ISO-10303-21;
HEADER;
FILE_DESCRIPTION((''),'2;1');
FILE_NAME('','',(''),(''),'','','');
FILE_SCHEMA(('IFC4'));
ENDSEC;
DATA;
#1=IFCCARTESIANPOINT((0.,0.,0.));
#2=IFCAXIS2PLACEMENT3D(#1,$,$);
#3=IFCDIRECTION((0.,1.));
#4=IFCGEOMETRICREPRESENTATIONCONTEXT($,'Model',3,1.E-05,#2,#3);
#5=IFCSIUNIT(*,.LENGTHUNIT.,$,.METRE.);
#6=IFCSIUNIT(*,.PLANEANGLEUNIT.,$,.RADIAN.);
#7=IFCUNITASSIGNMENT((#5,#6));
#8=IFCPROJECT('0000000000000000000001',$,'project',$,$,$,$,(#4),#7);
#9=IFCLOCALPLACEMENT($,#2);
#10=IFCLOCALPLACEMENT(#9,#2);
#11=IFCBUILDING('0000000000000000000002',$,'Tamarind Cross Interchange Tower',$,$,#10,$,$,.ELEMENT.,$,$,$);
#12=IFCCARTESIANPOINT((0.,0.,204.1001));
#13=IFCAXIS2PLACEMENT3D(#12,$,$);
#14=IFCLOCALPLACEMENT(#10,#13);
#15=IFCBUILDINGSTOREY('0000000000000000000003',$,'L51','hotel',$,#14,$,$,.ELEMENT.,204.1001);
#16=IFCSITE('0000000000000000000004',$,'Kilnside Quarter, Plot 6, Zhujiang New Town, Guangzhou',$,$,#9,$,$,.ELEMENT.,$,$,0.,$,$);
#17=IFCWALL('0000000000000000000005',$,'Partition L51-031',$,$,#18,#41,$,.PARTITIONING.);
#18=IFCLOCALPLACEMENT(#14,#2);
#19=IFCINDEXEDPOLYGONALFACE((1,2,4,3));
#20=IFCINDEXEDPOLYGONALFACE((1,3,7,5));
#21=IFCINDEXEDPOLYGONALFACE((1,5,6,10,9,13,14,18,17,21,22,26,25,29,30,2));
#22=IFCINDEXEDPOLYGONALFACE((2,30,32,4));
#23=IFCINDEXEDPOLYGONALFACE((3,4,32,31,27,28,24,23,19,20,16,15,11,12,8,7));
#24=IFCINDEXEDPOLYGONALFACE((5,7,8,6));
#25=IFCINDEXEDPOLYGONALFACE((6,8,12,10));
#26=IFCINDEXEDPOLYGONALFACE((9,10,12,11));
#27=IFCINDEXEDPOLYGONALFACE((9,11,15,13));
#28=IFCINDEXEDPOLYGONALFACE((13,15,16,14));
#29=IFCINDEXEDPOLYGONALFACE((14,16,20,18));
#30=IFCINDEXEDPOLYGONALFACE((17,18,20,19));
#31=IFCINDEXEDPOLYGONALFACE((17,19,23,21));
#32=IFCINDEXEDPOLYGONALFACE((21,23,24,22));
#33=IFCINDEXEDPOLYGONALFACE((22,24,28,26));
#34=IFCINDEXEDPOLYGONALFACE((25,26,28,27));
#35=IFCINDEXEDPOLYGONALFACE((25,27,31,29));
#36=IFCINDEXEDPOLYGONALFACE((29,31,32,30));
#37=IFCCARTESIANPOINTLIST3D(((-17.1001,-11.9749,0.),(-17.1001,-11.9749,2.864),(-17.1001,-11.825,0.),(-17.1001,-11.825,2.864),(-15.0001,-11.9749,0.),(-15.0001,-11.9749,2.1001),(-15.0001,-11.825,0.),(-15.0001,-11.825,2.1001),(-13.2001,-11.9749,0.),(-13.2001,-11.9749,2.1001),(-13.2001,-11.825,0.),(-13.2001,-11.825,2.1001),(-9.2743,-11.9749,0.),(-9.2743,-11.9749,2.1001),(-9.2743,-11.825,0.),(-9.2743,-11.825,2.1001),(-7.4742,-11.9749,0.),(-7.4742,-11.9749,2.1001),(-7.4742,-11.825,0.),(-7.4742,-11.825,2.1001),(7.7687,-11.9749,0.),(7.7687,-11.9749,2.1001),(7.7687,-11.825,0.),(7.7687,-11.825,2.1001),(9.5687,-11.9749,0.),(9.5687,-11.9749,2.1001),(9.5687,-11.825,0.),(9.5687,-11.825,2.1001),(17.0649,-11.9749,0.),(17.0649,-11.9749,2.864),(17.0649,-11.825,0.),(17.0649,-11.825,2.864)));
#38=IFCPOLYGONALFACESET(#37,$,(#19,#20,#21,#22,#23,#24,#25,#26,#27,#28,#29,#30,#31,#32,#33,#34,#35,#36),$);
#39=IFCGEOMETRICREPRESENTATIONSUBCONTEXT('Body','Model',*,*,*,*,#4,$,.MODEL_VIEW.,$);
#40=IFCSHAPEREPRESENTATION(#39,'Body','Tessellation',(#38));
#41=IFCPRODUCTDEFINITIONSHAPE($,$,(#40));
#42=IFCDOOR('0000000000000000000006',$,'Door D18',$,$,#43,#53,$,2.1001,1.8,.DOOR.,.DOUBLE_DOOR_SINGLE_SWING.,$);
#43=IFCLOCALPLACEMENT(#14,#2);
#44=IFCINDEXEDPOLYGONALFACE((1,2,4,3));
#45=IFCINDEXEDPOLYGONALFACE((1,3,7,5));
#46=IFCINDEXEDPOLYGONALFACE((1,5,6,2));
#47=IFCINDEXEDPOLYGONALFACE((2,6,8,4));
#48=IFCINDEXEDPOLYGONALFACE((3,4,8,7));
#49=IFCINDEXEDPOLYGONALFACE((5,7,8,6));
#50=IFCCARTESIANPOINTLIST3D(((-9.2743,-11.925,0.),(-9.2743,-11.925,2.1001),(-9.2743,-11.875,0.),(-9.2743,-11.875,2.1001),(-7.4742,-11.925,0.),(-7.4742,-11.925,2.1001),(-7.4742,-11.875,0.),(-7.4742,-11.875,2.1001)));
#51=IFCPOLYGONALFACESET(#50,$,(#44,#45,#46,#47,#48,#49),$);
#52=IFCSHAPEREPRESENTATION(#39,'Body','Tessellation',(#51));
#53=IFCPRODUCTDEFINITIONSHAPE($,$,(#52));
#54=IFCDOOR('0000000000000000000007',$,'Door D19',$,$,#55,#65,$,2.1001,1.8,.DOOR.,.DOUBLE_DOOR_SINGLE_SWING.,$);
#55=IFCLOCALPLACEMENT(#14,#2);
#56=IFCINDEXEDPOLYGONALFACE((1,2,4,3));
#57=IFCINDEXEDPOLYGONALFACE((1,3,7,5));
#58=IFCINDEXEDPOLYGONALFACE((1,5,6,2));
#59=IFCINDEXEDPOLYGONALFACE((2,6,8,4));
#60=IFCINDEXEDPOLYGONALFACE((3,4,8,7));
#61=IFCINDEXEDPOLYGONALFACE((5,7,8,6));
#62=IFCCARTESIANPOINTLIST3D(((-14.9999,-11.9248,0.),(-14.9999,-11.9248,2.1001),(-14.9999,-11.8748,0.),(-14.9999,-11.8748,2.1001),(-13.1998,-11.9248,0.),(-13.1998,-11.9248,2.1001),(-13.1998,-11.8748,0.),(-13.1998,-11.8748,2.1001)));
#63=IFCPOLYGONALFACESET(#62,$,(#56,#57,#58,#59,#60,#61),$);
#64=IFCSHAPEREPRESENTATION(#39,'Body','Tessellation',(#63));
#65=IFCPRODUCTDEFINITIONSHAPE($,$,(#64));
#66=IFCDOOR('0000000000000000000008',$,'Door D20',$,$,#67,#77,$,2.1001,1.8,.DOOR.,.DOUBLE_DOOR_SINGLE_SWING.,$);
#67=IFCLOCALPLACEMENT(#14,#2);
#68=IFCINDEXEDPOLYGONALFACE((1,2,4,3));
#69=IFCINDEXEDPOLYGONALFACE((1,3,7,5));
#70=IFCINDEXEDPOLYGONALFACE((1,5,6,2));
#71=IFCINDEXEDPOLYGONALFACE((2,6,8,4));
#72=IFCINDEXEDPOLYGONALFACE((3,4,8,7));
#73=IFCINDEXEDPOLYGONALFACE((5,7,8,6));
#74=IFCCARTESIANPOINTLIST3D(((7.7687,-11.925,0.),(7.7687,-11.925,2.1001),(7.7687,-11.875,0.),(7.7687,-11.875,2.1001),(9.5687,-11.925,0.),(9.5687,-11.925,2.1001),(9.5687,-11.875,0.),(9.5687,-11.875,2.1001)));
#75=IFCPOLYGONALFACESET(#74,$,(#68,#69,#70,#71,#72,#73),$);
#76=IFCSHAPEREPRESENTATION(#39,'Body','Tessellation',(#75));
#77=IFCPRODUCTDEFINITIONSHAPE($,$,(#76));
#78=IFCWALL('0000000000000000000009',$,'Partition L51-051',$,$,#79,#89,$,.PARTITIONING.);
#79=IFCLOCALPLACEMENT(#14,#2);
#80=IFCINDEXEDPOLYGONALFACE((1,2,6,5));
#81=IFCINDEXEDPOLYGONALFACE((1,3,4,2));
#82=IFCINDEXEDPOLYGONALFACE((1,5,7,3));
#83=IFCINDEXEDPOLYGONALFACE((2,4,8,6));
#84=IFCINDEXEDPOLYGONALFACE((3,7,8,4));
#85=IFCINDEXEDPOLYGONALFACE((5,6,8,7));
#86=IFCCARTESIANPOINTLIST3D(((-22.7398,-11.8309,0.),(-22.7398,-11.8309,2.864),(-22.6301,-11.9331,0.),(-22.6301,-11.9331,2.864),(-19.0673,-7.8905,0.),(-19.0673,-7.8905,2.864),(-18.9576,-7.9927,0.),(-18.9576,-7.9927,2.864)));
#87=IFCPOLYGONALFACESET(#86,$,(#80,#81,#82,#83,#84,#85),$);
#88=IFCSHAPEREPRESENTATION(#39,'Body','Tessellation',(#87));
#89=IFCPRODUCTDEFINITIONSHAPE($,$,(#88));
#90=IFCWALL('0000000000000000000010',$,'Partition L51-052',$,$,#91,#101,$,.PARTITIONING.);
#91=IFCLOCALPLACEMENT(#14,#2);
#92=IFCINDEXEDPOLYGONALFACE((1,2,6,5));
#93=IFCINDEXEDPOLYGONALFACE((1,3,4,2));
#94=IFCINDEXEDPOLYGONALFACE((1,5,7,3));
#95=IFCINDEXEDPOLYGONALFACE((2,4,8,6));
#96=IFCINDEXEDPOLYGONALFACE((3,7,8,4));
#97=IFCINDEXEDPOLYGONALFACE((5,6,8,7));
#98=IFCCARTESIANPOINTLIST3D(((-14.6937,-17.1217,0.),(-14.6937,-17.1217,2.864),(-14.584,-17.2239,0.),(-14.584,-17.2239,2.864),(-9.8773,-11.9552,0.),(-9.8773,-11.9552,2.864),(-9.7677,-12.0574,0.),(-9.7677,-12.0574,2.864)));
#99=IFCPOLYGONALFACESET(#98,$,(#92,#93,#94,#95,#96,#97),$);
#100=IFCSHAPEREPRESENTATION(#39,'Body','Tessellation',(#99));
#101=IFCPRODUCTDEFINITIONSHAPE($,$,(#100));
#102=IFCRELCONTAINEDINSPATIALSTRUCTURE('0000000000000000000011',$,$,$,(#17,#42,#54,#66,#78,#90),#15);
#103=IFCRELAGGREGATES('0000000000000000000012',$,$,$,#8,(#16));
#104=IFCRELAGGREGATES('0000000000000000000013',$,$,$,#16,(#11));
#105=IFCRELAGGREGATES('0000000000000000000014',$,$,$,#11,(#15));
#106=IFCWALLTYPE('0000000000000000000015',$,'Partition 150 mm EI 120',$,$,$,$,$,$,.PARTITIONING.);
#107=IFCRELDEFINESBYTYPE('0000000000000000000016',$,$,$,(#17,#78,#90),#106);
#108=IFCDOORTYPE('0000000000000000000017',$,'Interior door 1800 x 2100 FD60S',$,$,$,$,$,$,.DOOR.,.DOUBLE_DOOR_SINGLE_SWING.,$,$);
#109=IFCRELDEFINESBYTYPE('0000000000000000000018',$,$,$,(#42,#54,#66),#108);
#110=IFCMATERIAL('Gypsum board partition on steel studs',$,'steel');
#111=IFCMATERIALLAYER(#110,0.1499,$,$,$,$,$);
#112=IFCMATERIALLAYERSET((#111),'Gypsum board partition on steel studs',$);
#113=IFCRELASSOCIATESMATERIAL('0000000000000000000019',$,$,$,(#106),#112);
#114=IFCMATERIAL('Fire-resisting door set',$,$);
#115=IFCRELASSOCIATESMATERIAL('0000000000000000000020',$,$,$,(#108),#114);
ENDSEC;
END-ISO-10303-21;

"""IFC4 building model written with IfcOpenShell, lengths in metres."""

from ifc_helpers import new_model, si_unit, direction, frame, frame_2d, origin, place, context, subcontext, project, spatial, rectangle, extrude, material, layer, layer_set, type_object, element, fill, save


model = new_model("IFC4")

# Units and contexts
model_context = context("Model", 3, precision=1e-05, world=origin(), true_north=direction((0.0, 1.0)))
body_context = subcontext(model_context, "Body", "Model", "MODEL_VIEW")
ifc_project = project(units=[si_unit("LENGTHUNIT", "METRE"), si_unit("PLANEANGLEUNIT", "RADIAN")], contexts=[model_context])

# Site, building, storey
site_placement = place(None, origin())
site = spatial("IfcSite", under=ifc_project, at=site_placement, Name="Kilnside Quarter, Plot 6, Zhujiang New Town, Guangzhou", CompositionType="ELEMENT", RefElevation=0.0)
building_placement = place(site_placement, origin())
building = spatial("IfcBuilding", under=site, at=building_placement, Name="Tamarind Cross Interchange Tower", CompositionType="ELEMENT")
storey_placement = place(building_placement, frame((0.0, 0.0, 204.1001)))
storey = spatial("IfcBuildingStorey", under=building, at=storey_placement, Name="L51", Description="hotel", CompositionType="ELEMENT", Elevation=204.1001)

# Shared definitions
ifc_material_1 = material(Name="Gypsum board partition on steel studs", Category="steel")
ifc_layer_1 = layer(ifc_material_1, 0.1499)
ifc_layer_set_1 = layer_set([ifc_layer_1], Name="Gypsum board partition on steel studs")
wall_type_1 = type_object("IfcWallType", Name="Partition 150 mm EI 120", PredefinedType="PARTITIONING", material=ifc_layer_set_1)

# Wall, openings, doors
wall_1_placement = place(storey_placement, frame((-17.1001, -11.8999, 0.0), z_axis=(0.0, 0.0, 1.0), x_axis=(1.0, 0.0, 0.0)))
wall_1 = element("IfcWall", 1, at=wall_1_placement, inside=storey, type_object=wall_type_1, Name="Partition L51-031", PredefinedType="PARTITIONING", context=body_context, shape_type="SweptSolid", body=[
    extrude(rectangle(XDim=34.165, YDim=0.1499, at=frame_2d((17.0825, 0.0))), origin(), (0.0, 0.0, 1.0), 2.864),
])
opening_1_placement = place(wall_1_placement, frame((7.8259, 0.0, 0.0)))
opening_1 = element("IfcOpeningElement", 2, at=opening_1_placement, cuts=wall_1, PredefinedType="OPENING", context=body_context, shape_type="SweptSolid", body=[
    extrude(rectangle(XDim=1.8, YDim=2.1001, at=frame_2d((0.8999, 1.05))), frame((0.0, 0.085, 0.0), z_axis=(0.0, -1.0, 0.0), x_axis=(1.0, 0.0, 0.0)), (0.0, 0.0, 1.0), 0.1699),
])
opening_2_placement = place(wall_1_placement, frame((2.1001, 0.0, 0.0)))
opening_2 = element("IfcOpeningElement", 3, at=opening_2_placement, cuts=wall_1, PredefinedType="OPENING", context=body_context, shape_type="SweptSolid", body=[
    extrude(rectangle(XDim=1.8, YDim=2.1001, at=frame_2d((0.8999, 1.05))), frame((0.0, 0.085, 0.0), z_axis=(0.0, -1.0, 0.0), x_axis=(1.0, 0.0, 0.0)), (0.0, 0.0, 1.0), 0.1699),
])
opening_3_placement = place(wall_1_placement, frame((24.8689, 0.0, 0.0)))
opening_3 = element("IfcOpeningElement", 4, at=opening_3_placement, cuts=wall_1, PredefinedType="OPENING", context=body_context, shape_type="SweptSolid", body=[
    extrude(rectangle(XDim=1.8, YDim=2.1001, at=frame_2d((0.8999, 1.05))), frame((0.0, 0.085, 0.0), z_axis=(0.0, -1.0, 0.0), x_axis=(1.0, 0.0, 0.0)), (0.0, 0.0, 1.0), 0.1699),
])
ifc_material_2 = material(Name="Fire-resisting door set")
door_type_1 = type_object("IfcDoorType", Name="Interior door 1800 x 2100 FD60S", OperationType="DOUBLE_DOOR_SINGLE_SWING", PredefinedType="DOOR", material=ifc_material_2)
door_1_placement = place(opening_1_placement, origin())
door_1 = element("IfcDoor", 5, at=door_1_placement, inside=storey, type_object=door_type_1, Name="Door D18", OperationType="DOUBLE_DOOR_SINGLE_SWING", OverallHeight=2.1001, OverallWidth=1.8, PredefinedType="DOOR", context=body_context, shape_type="SweptSolid", body=[
    extrude(rectangle(XDim=1.8, YDim=2.1001, at=frame_2d((0.8999, 1.05))), frame((0.0, 0.0249, 0.0), z_axis=(0.0, -1.0, 0.0), x_axis=(1.0, 0.0, 0.0)), (0.0, 0.0, 1.0), 0.05),
])
fill(opening_1, door_1)
door_2_placement = place(opening_2_placement, frame((1.8, 0.0, 0.0), z_axis=(0.0, 0.0, 1.0), x_axis=(-1.0, 0.0, 0.0)))
door_2 = element("IfcDoor", 6, at=door_2_placement, inside=storey, type_object=door_type_1, Name="Door D19", OperationType="DOUBLE_DOOR_SINGLE_SWING", OverallHeight=2.1001, OverallWidth=1.8, PredefinedType="DOOR", context=body_context, shape_type="SweptSolid", body=[
    extrude(rectangle(XDim=1.8, YDim=2.1001, at=frame_2d((0.8999, 1.05))), frame((0.0, 0.0249, 0.0), z_axis=(0.0, -1.0, 0.0), x_axis=(1.0, 0.0, 0.0)), (0.0, 0.0, 1.0), 0.05),
])
fill(opening_2, door_2)
door_3_placement = place(opening_3_placement, origin())
door_3 = element("IfcDoor", 7, at=door_3_placement, inside=storey, type_object=door_type_1, Name="Door D20", OperationType="DOUBLE_DOOR_SINGLE_SWING", OverallHeight=2.1001, OverallWidth=1.8, PredefinedType="DOOR", context=body_context, shape_type="SweptSolid", body=[
    extrude(rectangle(XDim=1.8, YDim=2.1001, at=frame_2d((0.8999, 1.05))), frame((0.0, 0.0249, 0.0), z_axis=(0.0, -1.0, 0.0), x_axis=(1.0, 0.0, 0.0)), (0.0, 0.0, 1.0), 0.05),
])
fill(opening_3, door_3)

# Walls
wall_2_placement = place(storey_placement, frame((-22.6851, -11.8821, 0.0), z_axis=(0.0, 0.0, 1.0), x_axis=(0.681809, 0.73153, 0.0)))
element("IfcWall", 8, at=wall_2_placement, inside=storey, type_object=wall_type_1, Name="Partition L51-051", PredefinedType="PARTITIONING", context=body_context, shape_type="SweptSolid", body=[
    extrude(rectangle(XDim=5.3865, YDim=0.1499, at=frame_2d((2.6934, 0.0))), origin(), (0.0, 0.0, 1.0), 2.864),
])
wall_3_placement = place(storey_placement, frame((-14.6389, -17.1729, 0.0), z_axis=(0.0, 0.0, 1.0), x_axis=(0.68189, 0.731455, 0.0)))
element("IfcWall", 9, at=wall_3_placement, inside=storey, type_object=wall_type_1, Name="Partition L51-052", PredefinedType="PARTITIONING", context=body_context, shape_type="SweptSolid", body=[
    extrude(rectangle(XDim=7.0632, YDim=0.1499, at=frame_2d((3.5317, 0.0))), origin(), (0.0, 0.0, 1.0), 2.864),
])

save(model, "model.ifc")
